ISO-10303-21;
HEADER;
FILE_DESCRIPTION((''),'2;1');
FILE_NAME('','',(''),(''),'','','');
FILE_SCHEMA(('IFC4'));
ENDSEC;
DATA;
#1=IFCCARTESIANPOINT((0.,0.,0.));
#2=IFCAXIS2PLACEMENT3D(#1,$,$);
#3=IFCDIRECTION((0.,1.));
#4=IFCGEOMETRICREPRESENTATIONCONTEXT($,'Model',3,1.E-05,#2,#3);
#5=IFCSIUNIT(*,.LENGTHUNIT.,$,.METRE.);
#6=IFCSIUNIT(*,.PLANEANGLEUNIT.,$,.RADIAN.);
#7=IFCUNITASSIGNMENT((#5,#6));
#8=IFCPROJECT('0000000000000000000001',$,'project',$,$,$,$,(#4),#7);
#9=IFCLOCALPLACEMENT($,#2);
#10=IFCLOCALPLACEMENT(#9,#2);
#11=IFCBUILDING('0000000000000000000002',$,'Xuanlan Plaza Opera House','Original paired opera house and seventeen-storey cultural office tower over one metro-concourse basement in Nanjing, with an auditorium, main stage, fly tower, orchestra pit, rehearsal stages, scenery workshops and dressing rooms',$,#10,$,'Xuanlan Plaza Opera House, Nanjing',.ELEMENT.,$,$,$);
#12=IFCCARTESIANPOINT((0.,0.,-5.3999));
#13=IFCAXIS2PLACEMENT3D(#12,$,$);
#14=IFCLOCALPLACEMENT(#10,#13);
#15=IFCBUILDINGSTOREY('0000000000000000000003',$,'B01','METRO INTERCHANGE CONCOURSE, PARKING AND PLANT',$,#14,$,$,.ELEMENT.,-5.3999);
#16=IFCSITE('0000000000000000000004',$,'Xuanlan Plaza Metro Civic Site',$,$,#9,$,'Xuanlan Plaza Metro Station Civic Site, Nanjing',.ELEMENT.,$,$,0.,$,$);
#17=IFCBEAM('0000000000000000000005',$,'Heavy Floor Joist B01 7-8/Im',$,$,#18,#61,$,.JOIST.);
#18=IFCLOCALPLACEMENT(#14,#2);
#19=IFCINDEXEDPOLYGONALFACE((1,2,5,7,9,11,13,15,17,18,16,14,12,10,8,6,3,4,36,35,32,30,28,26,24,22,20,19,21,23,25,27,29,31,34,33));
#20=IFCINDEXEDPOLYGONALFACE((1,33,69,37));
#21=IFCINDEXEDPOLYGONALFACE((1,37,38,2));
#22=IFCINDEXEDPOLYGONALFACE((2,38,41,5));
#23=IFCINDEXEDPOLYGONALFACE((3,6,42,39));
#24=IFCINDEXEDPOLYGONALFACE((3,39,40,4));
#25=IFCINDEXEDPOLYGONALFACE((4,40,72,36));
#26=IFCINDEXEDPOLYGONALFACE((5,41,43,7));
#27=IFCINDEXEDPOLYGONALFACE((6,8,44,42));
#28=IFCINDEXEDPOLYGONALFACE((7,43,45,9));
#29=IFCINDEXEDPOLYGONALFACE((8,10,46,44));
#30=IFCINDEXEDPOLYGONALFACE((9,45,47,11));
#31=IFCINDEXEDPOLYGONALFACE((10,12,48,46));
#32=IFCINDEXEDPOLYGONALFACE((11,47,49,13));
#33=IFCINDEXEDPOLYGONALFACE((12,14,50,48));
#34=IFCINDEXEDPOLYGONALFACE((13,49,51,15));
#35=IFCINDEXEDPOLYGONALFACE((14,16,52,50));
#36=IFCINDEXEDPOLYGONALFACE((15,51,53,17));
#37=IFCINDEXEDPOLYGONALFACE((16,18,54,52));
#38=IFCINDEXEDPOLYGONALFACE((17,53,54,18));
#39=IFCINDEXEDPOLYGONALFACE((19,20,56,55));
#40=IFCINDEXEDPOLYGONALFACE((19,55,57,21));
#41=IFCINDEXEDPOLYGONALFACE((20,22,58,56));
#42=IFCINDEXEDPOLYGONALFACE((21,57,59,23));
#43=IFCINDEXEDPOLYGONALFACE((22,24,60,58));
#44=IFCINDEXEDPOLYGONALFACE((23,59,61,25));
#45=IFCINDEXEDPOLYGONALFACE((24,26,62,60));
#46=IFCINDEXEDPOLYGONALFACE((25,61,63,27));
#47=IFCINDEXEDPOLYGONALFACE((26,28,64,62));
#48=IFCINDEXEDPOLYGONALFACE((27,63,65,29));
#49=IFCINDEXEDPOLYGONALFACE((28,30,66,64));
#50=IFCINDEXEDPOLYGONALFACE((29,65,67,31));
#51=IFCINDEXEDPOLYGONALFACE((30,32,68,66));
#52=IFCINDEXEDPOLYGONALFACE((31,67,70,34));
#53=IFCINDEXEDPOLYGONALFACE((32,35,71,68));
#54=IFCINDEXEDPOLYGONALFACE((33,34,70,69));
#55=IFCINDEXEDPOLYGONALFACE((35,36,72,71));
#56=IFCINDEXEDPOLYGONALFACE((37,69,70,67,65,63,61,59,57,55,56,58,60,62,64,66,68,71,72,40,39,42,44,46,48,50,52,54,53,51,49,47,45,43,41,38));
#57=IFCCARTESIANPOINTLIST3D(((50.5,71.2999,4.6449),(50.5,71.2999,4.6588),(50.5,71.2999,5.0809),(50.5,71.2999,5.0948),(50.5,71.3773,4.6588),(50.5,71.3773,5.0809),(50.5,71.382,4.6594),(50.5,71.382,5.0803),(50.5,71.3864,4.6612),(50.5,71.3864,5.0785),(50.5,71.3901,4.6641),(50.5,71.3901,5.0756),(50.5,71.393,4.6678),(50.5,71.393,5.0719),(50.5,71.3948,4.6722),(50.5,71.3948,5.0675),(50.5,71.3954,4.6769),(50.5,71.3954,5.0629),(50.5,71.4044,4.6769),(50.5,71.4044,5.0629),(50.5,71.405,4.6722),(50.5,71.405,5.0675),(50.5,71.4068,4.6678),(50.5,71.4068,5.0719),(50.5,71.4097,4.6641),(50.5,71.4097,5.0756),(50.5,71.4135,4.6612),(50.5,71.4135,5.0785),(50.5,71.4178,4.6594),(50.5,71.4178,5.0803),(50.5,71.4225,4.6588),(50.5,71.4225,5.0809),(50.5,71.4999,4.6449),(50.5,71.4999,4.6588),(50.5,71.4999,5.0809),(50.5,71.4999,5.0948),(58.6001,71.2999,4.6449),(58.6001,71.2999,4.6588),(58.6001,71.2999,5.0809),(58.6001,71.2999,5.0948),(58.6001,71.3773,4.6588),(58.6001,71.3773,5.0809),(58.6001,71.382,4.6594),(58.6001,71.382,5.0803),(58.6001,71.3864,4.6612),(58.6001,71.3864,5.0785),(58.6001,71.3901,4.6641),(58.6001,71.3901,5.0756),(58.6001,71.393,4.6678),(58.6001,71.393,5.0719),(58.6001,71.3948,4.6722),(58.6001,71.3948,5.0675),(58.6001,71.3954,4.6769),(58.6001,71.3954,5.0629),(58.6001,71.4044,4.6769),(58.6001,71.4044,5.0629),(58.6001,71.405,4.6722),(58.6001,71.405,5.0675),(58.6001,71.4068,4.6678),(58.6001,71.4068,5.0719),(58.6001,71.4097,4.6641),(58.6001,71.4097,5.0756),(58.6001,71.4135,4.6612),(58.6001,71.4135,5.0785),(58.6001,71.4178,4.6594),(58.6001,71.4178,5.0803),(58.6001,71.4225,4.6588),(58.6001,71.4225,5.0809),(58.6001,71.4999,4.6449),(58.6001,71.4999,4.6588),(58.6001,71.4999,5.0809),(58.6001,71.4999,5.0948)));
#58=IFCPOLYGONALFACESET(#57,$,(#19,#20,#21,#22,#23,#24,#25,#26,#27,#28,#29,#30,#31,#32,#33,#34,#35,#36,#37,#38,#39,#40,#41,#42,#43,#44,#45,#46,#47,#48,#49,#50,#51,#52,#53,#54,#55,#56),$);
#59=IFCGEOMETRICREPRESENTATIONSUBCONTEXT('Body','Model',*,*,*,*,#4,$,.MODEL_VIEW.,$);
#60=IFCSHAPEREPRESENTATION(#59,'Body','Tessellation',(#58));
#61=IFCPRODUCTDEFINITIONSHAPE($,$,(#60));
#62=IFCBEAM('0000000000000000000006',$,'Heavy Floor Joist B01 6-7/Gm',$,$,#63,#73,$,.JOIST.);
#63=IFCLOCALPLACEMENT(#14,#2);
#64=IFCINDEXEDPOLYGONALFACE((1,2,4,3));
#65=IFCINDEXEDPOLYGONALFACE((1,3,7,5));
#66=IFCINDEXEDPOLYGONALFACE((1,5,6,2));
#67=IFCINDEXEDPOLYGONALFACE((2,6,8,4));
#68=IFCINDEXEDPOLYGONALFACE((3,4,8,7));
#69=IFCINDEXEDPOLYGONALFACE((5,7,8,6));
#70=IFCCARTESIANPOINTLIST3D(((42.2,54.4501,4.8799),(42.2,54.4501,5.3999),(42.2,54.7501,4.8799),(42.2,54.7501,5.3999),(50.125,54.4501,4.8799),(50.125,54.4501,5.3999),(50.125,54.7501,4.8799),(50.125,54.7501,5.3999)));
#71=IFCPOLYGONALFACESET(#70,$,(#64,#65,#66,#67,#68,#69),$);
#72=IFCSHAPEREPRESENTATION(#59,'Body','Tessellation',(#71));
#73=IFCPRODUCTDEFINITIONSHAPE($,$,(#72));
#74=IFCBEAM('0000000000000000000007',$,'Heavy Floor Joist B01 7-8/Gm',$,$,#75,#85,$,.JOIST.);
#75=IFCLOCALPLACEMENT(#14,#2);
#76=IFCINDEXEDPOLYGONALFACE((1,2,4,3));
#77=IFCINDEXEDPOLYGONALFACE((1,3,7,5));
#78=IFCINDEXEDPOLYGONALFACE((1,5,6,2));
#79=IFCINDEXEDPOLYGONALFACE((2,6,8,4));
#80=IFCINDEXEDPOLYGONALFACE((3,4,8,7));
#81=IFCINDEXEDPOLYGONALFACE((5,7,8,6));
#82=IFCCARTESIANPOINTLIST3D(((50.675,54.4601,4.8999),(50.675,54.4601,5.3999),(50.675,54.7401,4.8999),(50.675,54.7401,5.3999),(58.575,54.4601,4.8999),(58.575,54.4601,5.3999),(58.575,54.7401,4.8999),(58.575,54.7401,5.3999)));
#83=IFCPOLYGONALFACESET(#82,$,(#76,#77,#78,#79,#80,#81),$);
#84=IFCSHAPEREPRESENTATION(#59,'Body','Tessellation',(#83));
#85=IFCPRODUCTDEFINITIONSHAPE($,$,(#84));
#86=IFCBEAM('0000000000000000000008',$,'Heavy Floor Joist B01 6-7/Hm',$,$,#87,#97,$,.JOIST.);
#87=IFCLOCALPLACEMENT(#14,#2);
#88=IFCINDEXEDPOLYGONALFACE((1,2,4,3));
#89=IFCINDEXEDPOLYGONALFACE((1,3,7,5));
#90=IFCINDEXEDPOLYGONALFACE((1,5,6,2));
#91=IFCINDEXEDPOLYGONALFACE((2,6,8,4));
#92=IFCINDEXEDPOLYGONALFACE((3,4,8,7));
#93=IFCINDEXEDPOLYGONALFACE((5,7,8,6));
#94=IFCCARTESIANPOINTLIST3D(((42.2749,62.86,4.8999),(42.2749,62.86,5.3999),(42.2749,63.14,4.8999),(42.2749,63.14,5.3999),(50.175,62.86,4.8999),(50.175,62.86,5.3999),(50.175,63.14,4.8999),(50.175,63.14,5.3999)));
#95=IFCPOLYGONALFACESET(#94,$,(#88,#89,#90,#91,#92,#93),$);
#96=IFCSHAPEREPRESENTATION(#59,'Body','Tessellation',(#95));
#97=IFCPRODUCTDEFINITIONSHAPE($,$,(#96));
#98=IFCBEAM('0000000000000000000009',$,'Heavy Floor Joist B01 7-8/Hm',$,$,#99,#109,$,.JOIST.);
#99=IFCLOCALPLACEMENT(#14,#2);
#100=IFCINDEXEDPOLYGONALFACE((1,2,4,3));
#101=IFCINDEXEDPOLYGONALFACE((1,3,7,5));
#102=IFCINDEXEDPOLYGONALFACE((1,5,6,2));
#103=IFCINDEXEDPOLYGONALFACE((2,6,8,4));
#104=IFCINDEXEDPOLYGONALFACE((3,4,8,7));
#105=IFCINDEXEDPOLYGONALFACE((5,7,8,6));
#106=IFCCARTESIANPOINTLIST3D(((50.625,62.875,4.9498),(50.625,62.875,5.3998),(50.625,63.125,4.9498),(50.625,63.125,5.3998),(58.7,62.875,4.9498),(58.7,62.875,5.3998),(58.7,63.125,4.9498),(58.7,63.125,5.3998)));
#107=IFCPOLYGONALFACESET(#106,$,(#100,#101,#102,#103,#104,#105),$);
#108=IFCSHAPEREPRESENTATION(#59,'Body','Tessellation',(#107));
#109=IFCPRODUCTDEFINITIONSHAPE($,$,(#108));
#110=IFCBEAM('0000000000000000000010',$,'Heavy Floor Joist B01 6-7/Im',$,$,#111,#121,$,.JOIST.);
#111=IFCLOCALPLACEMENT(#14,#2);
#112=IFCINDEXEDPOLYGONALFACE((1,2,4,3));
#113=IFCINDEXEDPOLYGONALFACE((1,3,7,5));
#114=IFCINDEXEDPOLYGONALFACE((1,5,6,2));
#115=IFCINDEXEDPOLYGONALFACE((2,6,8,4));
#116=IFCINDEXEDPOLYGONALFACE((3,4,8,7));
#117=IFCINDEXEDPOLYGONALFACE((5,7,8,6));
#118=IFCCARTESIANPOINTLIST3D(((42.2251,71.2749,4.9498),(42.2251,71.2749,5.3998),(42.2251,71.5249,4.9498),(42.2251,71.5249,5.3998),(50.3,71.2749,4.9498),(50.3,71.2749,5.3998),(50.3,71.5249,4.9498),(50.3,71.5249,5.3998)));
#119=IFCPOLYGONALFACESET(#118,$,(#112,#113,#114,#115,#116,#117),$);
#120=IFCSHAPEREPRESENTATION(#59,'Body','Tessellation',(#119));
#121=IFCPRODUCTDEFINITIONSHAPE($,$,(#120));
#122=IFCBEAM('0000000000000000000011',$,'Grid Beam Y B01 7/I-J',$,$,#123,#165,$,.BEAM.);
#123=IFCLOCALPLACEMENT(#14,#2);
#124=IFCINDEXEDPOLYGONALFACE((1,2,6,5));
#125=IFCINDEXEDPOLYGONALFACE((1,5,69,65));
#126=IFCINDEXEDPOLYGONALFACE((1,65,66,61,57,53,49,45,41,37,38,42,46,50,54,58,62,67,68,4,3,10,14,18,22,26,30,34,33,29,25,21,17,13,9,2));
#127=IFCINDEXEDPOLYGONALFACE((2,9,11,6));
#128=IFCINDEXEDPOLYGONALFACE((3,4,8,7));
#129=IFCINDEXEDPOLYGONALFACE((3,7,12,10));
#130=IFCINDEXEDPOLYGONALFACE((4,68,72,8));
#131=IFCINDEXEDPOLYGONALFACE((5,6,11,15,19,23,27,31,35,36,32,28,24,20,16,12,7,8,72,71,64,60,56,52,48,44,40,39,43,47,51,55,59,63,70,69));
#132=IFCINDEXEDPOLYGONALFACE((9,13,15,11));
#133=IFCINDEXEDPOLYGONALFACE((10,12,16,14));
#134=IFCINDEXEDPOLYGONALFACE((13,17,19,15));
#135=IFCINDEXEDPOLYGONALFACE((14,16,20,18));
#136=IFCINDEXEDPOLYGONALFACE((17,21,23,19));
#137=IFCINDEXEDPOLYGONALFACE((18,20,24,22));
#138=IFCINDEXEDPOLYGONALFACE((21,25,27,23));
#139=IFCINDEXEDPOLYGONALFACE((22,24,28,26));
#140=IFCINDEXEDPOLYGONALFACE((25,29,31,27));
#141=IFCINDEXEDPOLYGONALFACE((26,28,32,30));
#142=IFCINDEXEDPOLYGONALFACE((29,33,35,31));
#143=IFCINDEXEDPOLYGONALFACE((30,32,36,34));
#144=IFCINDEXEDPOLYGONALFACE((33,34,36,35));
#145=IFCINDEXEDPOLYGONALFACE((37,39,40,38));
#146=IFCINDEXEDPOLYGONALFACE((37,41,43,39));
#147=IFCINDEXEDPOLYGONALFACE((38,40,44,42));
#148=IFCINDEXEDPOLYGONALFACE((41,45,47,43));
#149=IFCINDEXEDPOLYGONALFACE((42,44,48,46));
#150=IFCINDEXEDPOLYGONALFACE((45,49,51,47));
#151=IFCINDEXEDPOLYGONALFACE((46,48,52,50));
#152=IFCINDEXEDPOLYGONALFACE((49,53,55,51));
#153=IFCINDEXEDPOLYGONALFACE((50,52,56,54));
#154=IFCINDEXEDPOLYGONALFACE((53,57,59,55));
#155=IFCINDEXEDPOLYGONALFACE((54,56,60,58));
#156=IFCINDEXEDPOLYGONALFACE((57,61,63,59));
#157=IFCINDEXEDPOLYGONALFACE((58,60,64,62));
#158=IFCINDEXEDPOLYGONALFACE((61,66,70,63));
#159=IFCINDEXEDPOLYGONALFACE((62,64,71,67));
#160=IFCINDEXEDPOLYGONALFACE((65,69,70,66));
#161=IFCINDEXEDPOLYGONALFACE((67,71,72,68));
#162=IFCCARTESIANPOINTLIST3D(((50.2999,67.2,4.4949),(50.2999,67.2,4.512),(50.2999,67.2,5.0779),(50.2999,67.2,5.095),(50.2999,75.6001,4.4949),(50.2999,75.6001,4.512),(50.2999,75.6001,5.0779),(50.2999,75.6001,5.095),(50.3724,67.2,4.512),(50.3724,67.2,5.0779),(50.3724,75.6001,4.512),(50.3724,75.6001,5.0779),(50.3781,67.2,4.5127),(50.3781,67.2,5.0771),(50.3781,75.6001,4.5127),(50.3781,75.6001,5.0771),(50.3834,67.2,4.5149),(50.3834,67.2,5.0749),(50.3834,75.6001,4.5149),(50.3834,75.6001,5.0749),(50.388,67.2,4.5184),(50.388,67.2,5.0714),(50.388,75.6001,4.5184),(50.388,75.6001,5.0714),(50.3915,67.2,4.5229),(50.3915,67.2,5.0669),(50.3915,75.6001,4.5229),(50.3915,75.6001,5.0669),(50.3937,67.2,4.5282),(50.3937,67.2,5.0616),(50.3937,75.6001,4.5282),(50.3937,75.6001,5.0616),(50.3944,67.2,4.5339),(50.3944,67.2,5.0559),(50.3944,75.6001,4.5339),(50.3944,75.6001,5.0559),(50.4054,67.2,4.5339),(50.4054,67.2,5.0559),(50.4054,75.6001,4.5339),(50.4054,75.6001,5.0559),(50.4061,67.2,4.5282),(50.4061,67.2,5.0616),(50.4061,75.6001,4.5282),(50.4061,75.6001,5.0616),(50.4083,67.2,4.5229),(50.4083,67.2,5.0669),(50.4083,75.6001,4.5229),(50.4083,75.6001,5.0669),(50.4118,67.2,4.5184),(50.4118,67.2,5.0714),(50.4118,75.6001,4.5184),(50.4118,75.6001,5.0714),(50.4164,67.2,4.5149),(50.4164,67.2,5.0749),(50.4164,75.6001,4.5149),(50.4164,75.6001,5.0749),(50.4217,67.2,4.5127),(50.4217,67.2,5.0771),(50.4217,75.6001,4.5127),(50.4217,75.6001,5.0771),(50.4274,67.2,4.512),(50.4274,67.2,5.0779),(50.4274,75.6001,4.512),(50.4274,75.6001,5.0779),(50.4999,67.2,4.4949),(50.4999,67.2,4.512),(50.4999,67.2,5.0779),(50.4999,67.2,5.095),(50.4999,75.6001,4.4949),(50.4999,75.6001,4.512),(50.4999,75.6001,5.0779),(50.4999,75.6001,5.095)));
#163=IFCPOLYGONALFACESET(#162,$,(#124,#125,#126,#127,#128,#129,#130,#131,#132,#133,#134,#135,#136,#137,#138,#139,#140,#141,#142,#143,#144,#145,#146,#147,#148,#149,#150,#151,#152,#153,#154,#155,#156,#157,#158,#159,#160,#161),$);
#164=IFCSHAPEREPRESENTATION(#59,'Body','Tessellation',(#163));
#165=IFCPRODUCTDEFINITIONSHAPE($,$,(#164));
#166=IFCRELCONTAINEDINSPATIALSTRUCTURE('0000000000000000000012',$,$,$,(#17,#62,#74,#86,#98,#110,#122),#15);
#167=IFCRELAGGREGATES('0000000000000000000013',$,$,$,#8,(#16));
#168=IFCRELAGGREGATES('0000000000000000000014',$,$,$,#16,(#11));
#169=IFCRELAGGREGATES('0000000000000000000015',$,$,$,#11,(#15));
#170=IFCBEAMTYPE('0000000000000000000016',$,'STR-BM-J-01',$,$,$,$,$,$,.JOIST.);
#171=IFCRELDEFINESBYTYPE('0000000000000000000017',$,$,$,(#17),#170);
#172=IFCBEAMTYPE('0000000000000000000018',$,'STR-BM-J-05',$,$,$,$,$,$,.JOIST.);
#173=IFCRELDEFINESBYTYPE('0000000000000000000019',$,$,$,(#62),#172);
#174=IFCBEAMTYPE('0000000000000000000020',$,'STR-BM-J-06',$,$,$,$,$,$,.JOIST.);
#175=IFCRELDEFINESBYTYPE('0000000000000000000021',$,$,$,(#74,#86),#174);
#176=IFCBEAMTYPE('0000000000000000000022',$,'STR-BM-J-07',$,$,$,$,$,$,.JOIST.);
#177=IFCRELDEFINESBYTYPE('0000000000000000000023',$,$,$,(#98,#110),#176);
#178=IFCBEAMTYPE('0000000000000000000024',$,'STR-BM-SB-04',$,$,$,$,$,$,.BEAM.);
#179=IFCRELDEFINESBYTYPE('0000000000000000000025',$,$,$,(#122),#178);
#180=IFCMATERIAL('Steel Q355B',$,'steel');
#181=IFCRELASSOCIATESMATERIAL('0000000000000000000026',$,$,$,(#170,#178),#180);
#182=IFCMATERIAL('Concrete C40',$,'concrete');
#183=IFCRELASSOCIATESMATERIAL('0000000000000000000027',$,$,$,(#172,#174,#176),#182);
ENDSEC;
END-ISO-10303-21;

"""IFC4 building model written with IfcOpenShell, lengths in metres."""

from ifc_helpers import new_model, si_unit, direction, frame, origin, origin_2d, place, context, subcontext, project, spatial, rectangle, i_section, extrude, material, material_profile, profile_set, type_object, element, save


model = new_model("IFC4")

# Units and contexts
model_context = context("Model", 3, precision=1e-05, world=origin(), true_north=direction((0.0, 1.0)))
body_context = subcontext(model_context, "Body", "Model", "MODEL_VIEW")
ifc_project = project(units=[si_unit("LENGTHUNIT", "METRE"), si_unit("PLANEANGLEUNIT", "RADIAN")], contexts=[model_context])

# Site, building, storey
site_placement = place(None, origin())
site = spatial("IfcSite", under=ifc_project, at=site_placement, Name="Xuanlan Plaza Metro Civic Site", LongName="Xuanlan Plaza Metro Station Civic Site, Nanjing", CompositionType="ELEMENT", RefElevation=0.0)
building_placement = place(site_placement, origin())
building = spatial("IfcBuilding", under=site, at=building_placement, Name="Xuanlan Plaza Opera House", Description="Original paired opera house and seventeen-storey cultural office tower over one metro-concourse basement in Nanjing, with an auditorium, main stage, fly tower, orchestra pit, rehearsal stages, scenery workshops and dressing rooms", LongName="Xuanlan Plaza Opera House, Nanjing", CompositionType="ELEMENT")
storey_placement = place(building_placement, frame((0.0, 0.0, -5.3999)))
storey = spatial("IfcBuildingStorey", under=building, at=storey_placement, Name="B01", Description="METRO INTERCHANGE CONCOURSE, PARKING AND PLANT", CompositionType="ELEMENT", Elevation=-5.3999)

# Shared definitions
ifc_material_1 = material(Name="Concrete C40", Category="concrete")

# Beams
ifc_material_2 = material(Name="Steel Q355B", Category="steel")
ifc_material_profile_1 = material_profile(ifc_material_2, i_section(OverallWidth=0.2, OverallDepth=0.45, WebThickness=0.009, FlangeThickness=0.0139, FilletRadius=0.0181, at=origin_2d()), Name="HN 450x200x9x14")
ifc_profile_set_1 = profile_set([ifc_material_profile_1], Name="Steel Q355B")
beam_type_1 = type_object("IfcBeamType", Name="STR-BM-J-01", PredefinedType="JOIST", material=ifc_profile_set_1)
beam_1_placement = place(storey_placement, frame((50.5, 71.3999, 4.8699), z_axis=(1.0, 0.0, 0.0), x_axis=(0.0, 1.0, 0.0)))
element("IfcBeam", 1, at=beam_1_placement, inside=storey, type_object=beam_type_1, Name="Heavy Floor Joist B01 7-8/Im", PredefinedType="JOIST", context=body_context, shape_type="SweptSolid", body=[
    extrude(i_section(OverallWidth=0.2, OverallDepth=0.45, WebThickness=0.009, FlangeThickness=0.0139, FilletRadius=0.0181, at=origin_2d()), origin(), (0.0, 0.0, 1.0), 8.1001),
])
ifc_material_profile_2 = material_profile(ifc_material_1, rectangle(XDim=0.3, YDim=0.52, at=origin_2d()), Name="RC-JST 300x520")
ifc_profile_set_2 = profile_set([ifc_material_profile_2], Name="Concrete C40")
beam_type_2 = type_object("IfcBeamType", Name="STR-BM-J-05", PredefinedType="JOIST", material=ifc_profile_set_2)
beam_2_placement = place(storey_placement, frame((42.2, 54.6001, 5.1399), z_axis=(1.0, 0.0, 0.0), x_axis=(0.0, 1.0, 0.0)))
element("IfcBeam", 2, at=beam_2_placement, inside=storey, type_object=beam_type_2, Name="Heavy Floor Joist B01 6-7/Gm", PredefinedType="JOIST", context=body_context, shape_type="SweptSolid", body=[
    extrude(rectangle(XDim=0.3, YDim=0.52, at=origin_2d()), origin(), (0.0, 0.0, 1.0), 7.925),
])
ifc_material_profile_3 = material_profile(ifc_material_1, rectangle(XDim=0.28, YDim=0.5, at=origin_2d()), Name="RC-JST 280x500")
ifc_profile_set_3 = profile_set([ifc_material_profile_3], Name="Concrete C40")
beam_type_3 = type_object("IfcBeamType", Name="STR-BM-J-06", PredefinedType="JOIST", material=ifc_profile_set_3)
beam_3_placement = place(storey_placement, frame((50.675, 54.6001, 5.1499), z_axis=(1.0, 0.0, 0.0), x_axis=(0.0, 1.0, 0.0)))
element("IfcBeam", 3, at=beam_3_placement, inside=storey, type_object=beam_type_3, Name="Heavy Floor Joist B01 7-8/Gm", PredefinedType="JOIST", context=body_context, shape_type="SweptSolid", body=[
    extrude(rectangle(XDim=0.28, YDim=0.5, at=origin_2d()), origin(), (0.0, 0.0, 1.0), 7.8999),
])
beam_4_placement = place(storey_placement, frame((42.2749, 63.0, 5.1499), z_axis=(1.0, 0.0, 0.0), x_axis=(0.0, 1.0, 0.0)))
element("IfcBeam", 4, at=beam_4_placement, inside=storey, type_object=beam_type_3, Name="Heavy Floor Joist B01 6-7/Hm", PredefinedType="JOIST", context=body_context, shape_type="SweptSolid", body=[
    extrude(rectangle(XDim=0.28, YDim=0.5, at=origin_2d()), origin(), (0.0, 0.0, 1.0), 7.9001),
])
ifc_material_profile_4 = material_profile(ifc_material_1, rectangle(XDim=0.25, YDim=0.45, at=origin_2d()), Name="RC-JST 250x450")
ifc_profile_set_4 = profile_set([ifc_material_profile_4], Name="Concrete C40")
beam_type_4 = type_object("IfcBeamType", Name="STR-BM-J-07", PredefinedType="JOIST", material=ifc_profile_set_4)
for number, where, z_axis, x_axis, name in (
    (5, (50.625, 63.0, 5.1748), (1.0, 0.0, 0.0), (0.0, 1.0, 0.0), "Heavy Floor Joist B01 7-8/Hm"),
    (6, (42.2251, 71.3999, 5.1748), (1.0, 0.0, 0.0), (0.0, 1.0, 0.0), "Heavy Floor Joist B01 6-7/Im"),
):
    element("IfcBeam", number, at=place(storey_placement, frame(where, z_axis=z_axis, x_axis=x_axis)), inside=storey, type_object=beam_type_4, Name=name, PredefinedType="JOIST", context=body_context, shape_type="SweptSolid", body=[
        extrude(rectangle(XDim=0.25, YDim=0.45, at=origin_2d()), origin(), (0.0, 0.0, 1.0), 8.075),
    ])
ifc_material_profile_5 = material_profile(ifc_material_2, i_section(OverallWidth=0.2, OverallDepth=0.6001, WebThickness=0.011, FlangeThickness=0.0171, FilletRadius=0.022, at=origin_2d()), Name="HN 600x200x11x17")
ifc_profile_set_5 = profile_set([ifc_material_profile_5], Name="Steel Q355B")
beam_type_5 = type_object("IfcBeamType", Name="STR-BM-SB-04", PredefinedType="BEAM", material=ifc_profile_set_5)
beam_5_placement = place(storey_placement, frame((50.3999, 67.2, 4.7949), z_axis=(0.0, 1.0, 0.0), x_axis=(-1.0, 0.0, 0.0)))
element("IfcBeam", 7, at=beam_5_placement, inside=storey, type_object=beam_type_5, Name="Grid Beam Y B01 7/I-J", PredefinedType="BEAM", context=body_context, shape_type="SweptSolid", body=[
    extrude(i_section(OverallWidth=0.2, OverallDepth=0.6001, WebThickness=0.011, FlangeThickness=0.0171, FilletRadius=0.022, at=origin_2d()), origin(), (0.0, 0.0, 1.0), 8.4001),
])

save(model, "model.ifc")
